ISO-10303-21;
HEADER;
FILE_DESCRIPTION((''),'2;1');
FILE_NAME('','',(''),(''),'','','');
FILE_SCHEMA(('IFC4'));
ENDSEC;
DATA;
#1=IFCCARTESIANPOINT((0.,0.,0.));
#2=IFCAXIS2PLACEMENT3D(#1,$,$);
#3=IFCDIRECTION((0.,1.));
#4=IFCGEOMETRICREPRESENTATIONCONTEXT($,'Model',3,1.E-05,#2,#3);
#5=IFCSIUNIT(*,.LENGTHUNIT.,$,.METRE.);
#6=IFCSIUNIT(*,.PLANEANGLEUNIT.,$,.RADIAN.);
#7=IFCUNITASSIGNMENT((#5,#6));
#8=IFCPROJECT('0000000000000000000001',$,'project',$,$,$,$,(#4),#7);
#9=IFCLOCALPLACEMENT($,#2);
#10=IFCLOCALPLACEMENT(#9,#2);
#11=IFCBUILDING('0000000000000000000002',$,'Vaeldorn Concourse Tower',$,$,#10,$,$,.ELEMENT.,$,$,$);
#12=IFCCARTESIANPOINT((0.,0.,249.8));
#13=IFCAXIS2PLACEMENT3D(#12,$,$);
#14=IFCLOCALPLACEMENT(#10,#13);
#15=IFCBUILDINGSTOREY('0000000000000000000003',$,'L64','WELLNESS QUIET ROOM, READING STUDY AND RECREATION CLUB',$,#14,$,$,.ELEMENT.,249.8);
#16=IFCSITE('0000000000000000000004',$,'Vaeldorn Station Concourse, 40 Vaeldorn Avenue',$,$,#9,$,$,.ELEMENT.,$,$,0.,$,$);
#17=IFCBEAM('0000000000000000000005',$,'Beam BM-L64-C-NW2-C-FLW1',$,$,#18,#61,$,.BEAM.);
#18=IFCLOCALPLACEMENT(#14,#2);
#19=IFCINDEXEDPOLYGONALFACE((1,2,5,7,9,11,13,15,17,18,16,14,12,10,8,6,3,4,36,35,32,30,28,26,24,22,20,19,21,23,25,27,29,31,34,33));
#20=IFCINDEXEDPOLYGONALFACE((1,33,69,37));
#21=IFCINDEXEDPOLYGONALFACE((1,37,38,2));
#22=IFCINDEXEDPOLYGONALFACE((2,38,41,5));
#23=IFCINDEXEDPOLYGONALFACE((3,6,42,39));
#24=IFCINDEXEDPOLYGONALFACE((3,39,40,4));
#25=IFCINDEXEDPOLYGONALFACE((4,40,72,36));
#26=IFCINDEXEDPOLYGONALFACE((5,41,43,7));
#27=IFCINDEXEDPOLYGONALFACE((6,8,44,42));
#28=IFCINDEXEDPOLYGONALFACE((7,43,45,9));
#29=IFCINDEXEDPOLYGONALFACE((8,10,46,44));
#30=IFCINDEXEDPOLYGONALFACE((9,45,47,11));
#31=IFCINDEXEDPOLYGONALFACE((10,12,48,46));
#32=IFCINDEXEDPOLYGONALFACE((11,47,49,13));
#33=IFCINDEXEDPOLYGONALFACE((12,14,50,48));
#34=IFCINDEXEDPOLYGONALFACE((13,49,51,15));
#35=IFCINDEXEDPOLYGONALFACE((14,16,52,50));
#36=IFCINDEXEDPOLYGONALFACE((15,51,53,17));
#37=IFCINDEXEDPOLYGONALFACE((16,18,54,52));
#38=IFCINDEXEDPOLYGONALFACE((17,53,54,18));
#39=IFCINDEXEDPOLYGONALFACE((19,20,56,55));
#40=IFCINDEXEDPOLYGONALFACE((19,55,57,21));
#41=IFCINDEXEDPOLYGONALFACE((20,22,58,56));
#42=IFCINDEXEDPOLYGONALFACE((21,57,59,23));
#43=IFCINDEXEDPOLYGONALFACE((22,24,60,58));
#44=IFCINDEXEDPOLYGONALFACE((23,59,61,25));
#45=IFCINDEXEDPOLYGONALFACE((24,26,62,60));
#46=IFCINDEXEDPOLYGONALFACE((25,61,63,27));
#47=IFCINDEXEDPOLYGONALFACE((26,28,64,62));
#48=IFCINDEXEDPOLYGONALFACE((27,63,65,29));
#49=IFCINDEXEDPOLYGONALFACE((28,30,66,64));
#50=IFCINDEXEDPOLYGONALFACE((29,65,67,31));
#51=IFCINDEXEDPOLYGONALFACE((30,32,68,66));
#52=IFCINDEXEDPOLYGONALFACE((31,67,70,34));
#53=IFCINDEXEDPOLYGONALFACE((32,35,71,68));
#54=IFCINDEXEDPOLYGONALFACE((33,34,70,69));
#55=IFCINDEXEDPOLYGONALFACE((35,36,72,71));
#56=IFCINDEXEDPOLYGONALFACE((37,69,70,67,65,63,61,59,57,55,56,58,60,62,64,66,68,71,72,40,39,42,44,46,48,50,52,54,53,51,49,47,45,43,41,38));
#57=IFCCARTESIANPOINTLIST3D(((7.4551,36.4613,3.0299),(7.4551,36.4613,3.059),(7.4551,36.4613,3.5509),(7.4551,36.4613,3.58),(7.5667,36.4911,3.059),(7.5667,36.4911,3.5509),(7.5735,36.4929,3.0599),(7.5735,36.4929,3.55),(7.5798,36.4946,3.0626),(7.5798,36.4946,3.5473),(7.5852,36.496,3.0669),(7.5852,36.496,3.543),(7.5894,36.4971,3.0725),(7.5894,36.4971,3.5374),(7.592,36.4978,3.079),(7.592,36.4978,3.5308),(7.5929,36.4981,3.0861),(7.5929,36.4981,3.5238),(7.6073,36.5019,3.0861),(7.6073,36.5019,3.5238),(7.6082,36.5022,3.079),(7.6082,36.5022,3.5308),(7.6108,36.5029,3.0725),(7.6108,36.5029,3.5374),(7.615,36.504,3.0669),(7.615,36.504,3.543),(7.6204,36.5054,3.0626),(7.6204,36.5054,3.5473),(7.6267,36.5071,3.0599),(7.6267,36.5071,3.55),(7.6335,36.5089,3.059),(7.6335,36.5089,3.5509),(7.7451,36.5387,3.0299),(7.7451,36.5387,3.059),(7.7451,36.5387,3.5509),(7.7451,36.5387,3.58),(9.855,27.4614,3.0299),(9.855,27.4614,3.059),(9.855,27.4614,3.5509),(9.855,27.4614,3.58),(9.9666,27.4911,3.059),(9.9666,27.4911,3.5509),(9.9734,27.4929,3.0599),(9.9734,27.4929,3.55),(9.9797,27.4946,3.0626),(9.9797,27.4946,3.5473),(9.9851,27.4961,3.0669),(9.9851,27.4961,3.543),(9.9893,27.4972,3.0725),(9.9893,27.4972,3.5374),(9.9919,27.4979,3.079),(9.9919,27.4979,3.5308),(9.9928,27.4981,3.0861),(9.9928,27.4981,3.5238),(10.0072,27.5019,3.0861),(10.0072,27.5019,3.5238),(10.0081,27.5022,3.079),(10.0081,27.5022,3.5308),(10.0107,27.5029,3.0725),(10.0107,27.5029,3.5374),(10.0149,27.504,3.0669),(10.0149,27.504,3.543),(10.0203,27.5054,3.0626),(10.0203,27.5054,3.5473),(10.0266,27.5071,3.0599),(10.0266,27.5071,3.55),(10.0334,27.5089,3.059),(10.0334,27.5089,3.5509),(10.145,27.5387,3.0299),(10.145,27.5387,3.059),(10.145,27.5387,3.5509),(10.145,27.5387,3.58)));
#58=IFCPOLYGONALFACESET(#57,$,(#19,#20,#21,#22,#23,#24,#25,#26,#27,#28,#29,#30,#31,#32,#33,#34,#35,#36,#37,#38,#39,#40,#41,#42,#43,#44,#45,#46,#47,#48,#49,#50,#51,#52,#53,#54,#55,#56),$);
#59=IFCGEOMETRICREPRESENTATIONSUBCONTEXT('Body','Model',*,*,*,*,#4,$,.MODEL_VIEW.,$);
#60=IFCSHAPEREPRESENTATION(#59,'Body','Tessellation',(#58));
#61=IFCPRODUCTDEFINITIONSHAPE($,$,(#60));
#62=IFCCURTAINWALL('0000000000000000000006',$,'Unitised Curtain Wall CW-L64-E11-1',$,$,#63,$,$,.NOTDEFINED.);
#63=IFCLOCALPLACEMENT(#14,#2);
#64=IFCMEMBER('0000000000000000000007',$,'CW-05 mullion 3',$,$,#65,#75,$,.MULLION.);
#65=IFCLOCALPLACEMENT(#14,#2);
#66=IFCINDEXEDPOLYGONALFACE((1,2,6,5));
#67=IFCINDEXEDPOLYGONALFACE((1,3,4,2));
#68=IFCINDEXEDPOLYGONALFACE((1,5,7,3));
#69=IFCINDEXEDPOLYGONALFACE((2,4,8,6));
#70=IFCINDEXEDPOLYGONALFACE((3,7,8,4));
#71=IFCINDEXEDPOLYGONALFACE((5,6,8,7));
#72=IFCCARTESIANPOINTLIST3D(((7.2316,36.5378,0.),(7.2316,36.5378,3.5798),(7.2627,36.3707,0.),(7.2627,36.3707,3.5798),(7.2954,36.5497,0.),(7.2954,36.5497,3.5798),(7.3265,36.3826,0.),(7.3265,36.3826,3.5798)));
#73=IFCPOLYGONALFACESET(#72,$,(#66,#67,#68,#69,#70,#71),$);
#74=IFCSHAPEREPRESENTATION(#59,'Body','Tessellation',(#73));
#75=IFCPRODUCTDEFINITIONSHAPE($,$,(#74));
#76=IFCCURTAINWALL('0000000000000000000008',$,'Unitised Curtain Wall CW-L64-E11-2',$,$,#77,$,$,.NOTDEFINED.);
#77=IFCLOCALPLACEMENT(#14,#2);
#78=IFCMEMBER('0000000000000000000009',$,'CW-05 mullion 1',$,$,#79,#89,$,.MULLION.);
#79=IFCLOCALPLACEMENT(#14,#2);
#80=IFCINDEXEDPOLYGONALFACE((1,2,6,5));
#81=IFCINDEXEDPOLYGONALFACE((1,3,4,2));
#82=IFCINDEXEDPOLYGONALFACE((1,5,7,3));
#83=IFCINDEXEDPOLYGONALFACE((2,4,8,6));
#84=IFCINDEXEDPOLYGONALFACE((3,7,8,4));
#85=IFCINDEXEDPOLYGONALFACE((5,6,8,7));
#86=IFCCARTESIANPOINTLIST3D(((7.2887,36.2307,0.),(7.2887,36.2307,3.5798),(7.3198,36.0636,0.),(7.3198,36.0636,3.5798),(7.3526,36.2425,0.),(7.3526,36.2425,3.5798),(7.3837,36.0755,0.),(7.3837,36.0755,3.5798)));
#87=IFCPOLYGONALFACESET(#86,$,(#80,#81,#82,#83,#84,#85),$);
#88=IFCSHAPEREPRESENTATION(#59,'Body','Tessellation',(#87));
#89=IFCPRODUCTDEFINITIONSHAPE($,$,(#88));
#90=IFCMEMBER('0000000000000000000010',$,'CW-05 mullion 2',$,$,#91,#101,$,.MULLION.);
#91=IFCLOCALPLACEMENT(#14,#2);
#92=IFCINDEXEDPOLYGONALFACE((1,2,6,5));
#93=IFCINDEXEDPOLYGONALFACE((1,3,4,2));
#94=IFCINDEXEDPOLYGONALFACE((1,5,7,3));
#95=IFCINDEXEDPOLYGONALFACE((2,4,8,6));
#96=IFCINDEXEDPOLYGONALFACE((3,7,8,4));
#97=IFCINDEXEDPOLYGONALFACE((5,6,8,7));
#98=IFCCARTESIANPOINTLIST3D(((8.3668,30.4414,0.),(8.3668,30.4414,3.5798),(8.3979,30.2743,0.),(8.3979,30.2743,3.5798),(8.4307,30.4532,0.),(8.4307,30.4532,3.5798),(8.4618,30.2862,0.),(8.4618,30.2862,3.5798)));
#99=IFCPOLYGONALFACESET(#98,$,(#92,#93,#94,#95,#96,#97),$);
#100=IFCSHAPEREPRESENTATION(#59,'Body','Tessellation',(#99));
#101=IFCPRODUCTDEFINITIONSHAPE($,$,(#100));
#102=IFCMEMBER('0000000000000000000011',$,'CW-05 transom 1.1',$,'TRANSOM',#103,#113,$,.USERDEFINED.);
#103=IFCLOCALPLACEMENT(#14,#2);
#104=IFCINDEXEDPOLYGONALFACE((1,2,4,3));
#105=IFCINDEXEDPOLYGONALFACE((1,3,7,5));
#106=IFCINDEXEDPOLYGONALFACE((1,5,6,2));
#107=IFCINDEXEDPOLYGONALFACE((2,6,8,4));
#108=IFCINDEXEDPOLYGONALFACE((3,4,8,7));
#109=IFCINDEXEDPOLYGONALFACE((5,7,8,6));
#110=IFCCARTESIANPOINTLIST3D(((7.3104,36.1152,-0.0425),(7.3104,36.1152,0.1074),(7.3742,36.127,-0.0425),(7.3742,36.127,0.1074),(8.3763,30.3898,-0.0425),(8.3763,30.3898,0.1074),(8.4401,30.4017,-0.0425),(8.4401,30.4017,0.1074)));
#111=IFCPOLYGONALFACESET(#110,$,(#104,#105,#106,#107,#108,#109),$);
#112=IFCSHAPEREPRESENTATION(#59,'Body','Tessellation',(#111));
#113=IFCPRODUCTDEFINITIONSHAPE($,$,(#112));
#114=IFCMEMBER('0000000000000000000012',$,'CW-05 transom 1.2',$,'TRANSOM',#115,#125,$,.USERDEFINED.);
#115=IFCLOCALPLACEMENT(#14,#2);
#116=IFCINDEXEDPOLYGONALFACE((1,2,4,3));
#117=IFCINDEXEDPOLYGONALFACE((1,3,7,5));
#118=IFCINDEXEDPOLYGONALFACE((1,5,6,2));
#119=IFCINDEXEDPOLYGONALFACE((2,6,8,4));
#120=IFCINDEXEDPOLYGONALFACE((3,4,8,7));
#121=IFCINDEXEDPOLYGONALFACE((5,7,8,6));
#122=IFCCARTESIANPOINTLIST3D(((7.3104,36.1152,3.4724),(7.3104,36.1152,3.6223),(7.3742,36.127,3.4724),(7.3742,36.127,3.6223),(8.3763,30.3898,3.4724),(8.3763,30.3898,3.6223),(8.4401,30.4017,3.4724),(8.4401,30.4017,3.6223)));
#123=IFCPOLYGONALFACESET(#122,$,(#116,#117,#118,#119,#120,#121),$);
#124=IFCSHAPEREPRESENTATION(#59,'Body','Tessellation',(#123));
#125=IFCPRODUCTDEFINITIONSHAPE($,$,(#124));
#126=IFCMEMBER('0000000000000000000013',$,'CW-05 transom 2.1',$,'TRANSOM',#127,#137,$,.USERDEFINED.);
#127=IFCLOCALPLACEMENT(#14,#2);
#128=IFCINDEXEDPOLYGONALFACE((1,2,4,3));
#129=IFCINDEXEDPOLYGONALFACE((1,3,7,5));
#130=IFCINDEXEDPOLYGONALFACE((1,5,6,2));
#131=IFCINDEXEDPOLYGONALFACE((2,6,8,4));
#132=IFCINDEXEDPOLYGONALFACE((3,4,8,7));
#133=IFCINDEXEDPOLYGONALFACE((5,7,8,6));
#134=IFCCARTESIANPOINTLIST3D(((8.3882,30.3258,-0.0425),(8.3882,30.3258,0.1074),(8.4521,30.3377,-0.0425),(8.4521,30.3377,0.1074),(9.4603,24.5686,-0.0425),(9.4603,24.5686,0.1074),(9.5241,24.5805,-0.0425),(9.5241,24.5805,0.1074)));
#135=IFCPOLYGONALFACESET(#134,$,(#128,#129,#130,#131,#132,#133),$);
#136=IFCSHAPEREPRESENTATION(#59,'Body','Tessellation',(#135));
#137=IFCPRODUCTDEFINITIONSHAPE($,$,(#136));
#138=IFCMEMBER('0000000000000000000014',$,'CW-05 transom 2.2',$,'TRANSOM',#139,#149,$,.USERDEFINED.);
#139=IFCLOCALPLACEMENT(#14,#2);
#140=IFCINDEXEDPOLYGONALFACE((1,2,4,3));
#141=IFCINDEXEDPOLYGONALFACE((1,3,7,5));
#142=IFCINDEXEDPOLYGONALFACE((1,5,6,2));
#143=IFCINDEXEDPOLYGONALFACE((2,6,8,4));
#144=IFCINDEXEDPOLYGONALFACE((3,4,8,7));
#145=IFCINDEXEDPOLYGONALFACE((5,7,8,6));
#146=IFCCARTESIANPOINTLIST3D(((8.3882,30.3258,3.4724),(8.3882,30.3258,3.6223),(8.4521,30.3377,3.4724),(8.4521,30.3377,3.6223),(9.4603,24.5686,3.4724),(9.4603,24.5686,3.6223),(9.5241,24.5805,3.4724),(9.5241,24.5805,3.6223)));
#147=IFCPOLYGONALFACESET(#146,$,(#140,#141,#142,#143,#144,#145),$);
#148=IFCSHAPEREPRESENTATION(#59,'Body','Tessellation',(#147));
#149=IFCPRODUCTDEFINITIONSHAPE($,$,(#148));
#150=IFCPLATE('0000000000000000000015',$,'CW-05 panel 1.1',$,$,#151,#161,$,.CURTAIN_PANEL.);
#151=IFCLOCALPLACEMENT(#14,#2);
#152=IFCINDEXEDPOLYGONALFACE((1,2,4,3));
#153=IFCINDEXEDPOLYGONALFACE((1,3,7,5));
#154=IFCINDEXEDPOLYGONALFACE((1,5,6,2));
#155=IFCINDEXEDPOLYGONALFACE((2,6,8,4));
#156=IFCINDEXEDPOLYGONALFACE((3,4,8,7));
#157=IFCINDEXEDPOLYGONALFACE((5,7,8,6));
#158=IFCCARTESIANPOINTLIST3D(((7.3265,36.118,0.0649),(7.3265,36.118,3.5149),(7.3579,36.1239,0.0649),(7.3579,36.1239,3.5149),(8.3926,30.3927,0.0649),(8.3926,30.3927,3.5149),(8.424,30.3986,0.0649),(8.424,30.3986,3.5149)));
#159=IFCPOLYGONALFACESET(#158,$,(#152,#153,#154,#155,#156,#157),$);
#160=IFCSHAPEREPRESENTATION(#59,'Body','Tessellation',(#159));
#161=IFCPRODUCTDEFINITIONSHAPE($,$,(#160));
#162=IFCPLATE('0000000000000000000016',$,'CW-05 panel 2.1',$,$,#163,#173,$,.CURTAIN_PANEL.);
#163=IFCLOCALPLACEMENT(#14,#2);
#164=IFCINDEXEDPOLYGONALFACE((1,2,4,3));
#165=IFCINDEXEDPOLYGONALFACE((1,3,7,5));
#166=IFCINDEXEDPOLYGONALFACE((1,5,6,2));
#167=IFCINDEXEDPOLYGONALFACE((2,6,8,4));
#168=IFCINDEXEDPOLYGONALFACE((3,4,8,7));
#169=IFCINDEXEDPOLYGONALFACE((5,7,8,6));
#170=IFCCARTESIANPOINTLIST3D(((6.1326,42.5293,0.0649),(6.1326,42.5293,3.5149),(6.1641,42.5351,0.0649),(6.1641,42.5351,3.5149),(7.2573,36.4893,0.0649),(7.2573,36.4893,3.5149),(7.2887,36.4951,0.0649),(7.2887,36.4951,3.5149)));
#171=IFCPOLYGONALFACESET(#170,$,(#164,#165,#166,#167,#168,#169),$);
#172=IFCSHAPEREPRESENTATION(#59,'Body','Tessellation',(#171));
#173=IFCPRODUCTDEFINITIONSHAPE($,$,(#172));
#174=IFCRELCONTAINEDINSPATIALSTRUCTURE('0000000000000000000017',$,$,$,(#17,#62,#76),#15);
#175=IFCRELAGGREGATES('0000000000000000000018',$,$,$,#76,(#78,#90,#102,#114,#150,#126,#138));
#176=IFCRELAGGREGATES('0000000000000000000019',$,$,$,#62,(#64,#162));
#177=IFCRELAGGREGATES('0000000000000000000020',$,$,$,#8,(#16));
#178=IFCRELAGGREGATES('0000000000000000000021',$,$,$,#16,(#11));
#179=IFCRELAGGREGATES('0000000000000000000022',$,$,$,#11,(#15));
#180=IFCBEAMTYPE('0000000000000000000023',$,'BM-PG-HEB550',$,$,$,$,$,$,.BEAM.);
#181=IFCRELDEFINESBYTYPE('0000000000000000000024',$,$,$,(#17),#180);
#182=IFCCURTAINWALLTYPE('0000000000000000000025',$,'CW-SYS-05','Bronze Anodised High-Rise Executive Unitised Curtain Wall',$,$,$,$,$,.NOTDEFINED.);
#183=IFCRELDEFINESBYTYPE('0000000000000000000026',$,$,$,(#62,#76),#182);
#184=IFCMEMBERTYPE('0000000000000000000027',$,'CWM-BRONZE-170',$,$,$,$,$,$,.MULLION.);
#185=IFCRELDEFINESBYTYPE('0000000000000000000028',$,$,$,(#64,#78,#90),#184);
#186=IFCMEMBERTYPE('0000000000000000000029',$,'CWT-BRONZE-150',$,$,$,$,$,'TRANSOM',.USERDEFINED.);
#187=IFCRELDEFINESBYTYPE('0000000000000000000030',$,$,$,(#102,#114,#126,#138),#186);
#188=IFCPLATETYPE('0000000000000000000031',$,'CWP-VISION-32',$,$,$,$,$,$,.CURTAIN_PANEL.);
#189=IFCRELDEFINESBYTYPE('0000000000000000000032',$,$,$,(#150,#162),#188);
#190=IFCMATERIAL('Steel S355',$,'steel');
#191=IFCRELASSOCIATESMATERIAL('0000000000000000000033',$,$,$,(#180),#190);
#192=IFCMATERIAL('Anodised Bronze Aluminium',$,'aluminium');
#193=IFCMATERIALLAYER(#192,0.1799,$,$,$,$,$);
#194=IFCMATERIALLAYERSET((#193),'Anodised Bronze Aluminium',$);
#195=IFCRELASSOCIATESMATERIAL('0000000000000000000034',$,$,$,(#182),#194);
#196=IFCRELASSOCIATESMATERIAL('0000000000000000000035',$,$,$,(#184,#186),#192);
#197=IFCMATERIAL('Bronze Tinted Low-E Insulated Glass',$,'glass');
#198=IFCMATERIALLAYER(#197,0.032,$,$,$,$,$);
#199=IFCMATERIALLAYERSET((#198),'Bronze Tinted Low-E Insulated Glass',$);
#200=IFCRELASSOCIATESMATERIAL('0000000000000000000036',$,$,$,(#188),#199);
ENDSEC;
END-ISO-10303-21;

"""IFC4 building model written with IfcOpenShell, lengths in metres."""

from ifc_helpers import new_model, si_unit, direction, frame, origin, origin_2d, place, context, subcontext, project, spatial, rectangle, i_section, extrude, source, transform, mapped, material, layer, layer_set, material_profile, profile_set, type_object, element, aggregate, save


model = new_model("IFC4")

# Units and contexts
model_context = context("Model", 3, precision=1e-05, world=origin(), true_north=direction((0.0, 1.0)))
body_context = subcontext(model_context, "Body", "Model", "MODEL_VIEW")
ifc_project = project(units=[si_unit("LENGTHUNIT", "METRE"), si_unit("PLANEANGLEUNIT", "RADIAN")], contexts=[model_context])

# Site, building, storey
site_placement = place(None, origin())
site = spatial("IfcSite", under=ifc_project, at=site_placement, Name="Vaeldorn Station Concourse, 40 Vaeldorn Avenue", CompositionType="ELEMENT", RefElevation=0.0)
building_placement = place(site_placement, origin())
building = spatial("IfcBuilding", under=site, at=building_placement, Name="Vaeldorn Concourse Tower", CompositionType="ELEMENT")
storey_placement = place(building_placement, frame((0.0, 0.0, 249.8)))
storey = spatial("IfcBuildingStorey", under=building, at=storey_placement, Name="L64", Description="WELLNESS QUIET ROOM, READING STUDY AND RECREATION CLUB", CompositionType="ELEMENT", Elevation=249.8)

# Shared definitions
ifc_material_1 = material(Name="Steel S355", Category="steel")

# Beam
ifc_material_profile_1 = material_profile(ifc_material_1, i_section(OverallWidth=0.3, OverallDepth=0.55, WebThickness=0.0149, FlangeThickness=0.0291, FilletRadius=0.0271, at=origin_2d()), Name="HEB 550")
ifc_profile_set_1 = profile_set([ifc_material_profile_1], Name="Steel S355")
beam_type_1 = type_object("IfcBeamType", Name="BM-PG-HEB550", PredefinedType="BEAM", material=ifc_profile_set_1)
shared_shape_1 = source(origin(), body_context, "Body", "SweptSolid", [
    extrude(i_section(OverallWidth=0.3, OverallDepth=0.55, WebThickness=0.0149, FlangeThickness=0.0291, FilletRadius=0.0271, at=origin_2d()), origin(), (0.0, 0.0, 1.0), 9.3145),
])
beam_1_placement = place(storey_placement, frame((7.6001, 36.5, 3.3049), z_axis=(0.257653, -0.966238, 0.0), x_axis=(0.966238, 0.257653, 0.0)))
element("IfcBeam", 1, at=beam_1_placement, inside=storey, type_object=beam_type_1, Name="Beam BM-L64-C-NW2-C-FLW1", PredefinedType="BEAM", context=body_context, shape_type="MappedRepresentation", body=[
    mapped(shared_shape_1, transform((0.0, 0.0, 0.0), scale=1.0)),
])

# Curtain wall, member
ifc_material_2 = material(Name="Anodised Bronze Aluminium", Category="aluminium")
ifc_layer_1 = layer(ifc_material_2, 0.1799)
ifc_layer_set_1 = layer_set([ifc_layer_1], Name="Anodised Bronze Aluminium")
curtain_wall_type = type_object("IfcCurtainWallType", Name="CW-SYS-05", Description="Bronze Anodised High-Rise Executive Unitised Curtain Wall", PredefinedType="NOTDEFINED", material=ifc_layer_set_1)
curtain_wall_1_placement = place(storey_placement, origin())
curtain_wall_1 = element("IfcCurtainWall", 2, at=curtain_wall_1_placement, inside=storey, type_object=curtain_wall_type, Name="Unitised Curtain Wall CW-L64-E11-1", PredefinedType="NOTDEFINED")
ifc_material_profile_2 = material_profile(ifc_material_2, rectangle(XDim=0.0649, YDim=0.1699, at=origin_2d()), Name="CWM 65x170")
ifc_profile_set_2 = profile_set([ifc_material_profile_2], Name="Anodised Bronze Aluminium")
member_type_1 = type_object("IfcMemberType", Name="CWM-BRONZE-170", PredefinedType="MULLION", material=ifc_profile_set_2)
shared_shape_2 = source(origin(), body_context, "Body", "SweptSolid", [
    extrude(rectangle(XDim=0.0649, YDim=0.1699, at=origin_2d()), origin(), (0.0, 0.0, 1.0), 3.5798),
])
member_1_placement = place(storey_placement, frame((7.2791, 36.4602, 0.0), z_axis=(0.0, 0.0, 1.0), x_axis=(0.983103, 0.183054, 0.0)))
member_1 = element("IfcMember", 3, at=member_1_placement, type_object=member_type_1, Name="CW-05 mullion 3", PredefinedType="MULLION", context=body_context, shape_type="MappedRepresentation", body=[
    mapped(shared_shape_2, transform((0.0, 0.0, 0.0), scale=1.0)),
])

# Curtain wall, members, plate
curtain_wall_2_placement = place(storey_placement, origin())
curtain_wall_2 = element("IfcCurtainWall", 4, at=curtain_wall_2_placement, inside=storey, type_object=curtain_wall_type, Name="Unitised Curtain Wall CW-L64-E11-2", PredefinedType="NOTDEFINED")
member_2_placement = place(storey_placement, frame((7.3362, 36.1531, 0.0), z_axis=(0.0, 0.0, 1.0), x_axis=(0.983103, 0.183055, 0.0)))
member_2 = element("IfcMember", 5, at=member_2_placement, type_object=member_type_1, Name="CW-05 mullion 1", PredefinedType="MULLION", context=body_context, shape_type="MappedRepresentation", body=[
    mapped(shared_shape_2, transform((0.0, 0.0, 0.0), scale=1.0)),
])
member_3_placement = place(storey_placement, frame((8.4143, 30.3638, 0.0), z_axis=(0.0, 0.0, 1.0), x_axis=(0.983103, 0.183055, 0.0)))
member_3 = element("IfcMember", 6, at=member_3_placement, type_object=member_type_1, Name="CW-05 mullion 2", PredefinedType="MULLION", context=body_context, shape_type="MappedRepresentation", body=[
    mapped(shared_shape_2, transform((0.0, 0.0, 0.0), scale=1.0)),
])
ifc_material_profile_3 = material_profile(ifc_material_2, rectangle(XDim=0.0649, YDim=0.1499, at=origin_2d()), Name="CWT 65x150")
ifc_profile_set_3 = profile_set([ifc_material_profile_3], Name="Anodised Bronze Aluminium")
member_type_2 = type_object("IfcMemberType", Name="CWT-BRONZE-150", ElementType="TRANSOM", PredefinedType="USERDEFINED", material=ifc_profile_set_3)
shared_shape_3 = source(origin(), body_context, "Body", "SweptSolid", [
    extrude(rectangle(XDim=0.0649, YDim=0.1499, at=origin_2d()), origin(), (0.0, 0.0, 1.0), 5.8237),
])
member_4_placement = place(storey_placement, frame((7.3423, 36.1211, 0.0325), z_axis=(0.18303, -0.983107, 0.0), x_axis=(0.983107, 0.18303, 0.0)))
member_4 = element("IfcMember", 7, at=member_4_placement, type_object=member_type_2, Name="CW-05 transom 1.1", ObjectType="TRANSOM", PredefinedType="USERDEFINED", context=body_context, shape_type="MappedRepresentation", body=[
    mapped(shared_shape_3, transform((0.0, 0.0, 0.0), scale=1.0)),
])
member_5_placement = place(storey_placement, frame((7.3423, 36.1211, 3.5474), z_axis=(0.18303, -0.983107, 0.0), x_axis=(0.983107, 0.18303, 0.0)))
member_5 = element("IfcMember", 8, at=member_5_placement, type_object=member_type_2, Name="CW-05 transom 1.2", ObjectType="TRANSOM", PredefinedType="USERDEFINED", context=body_context, shape_type="MappedRepresentation", body=[
    mapped(shared_shape_3, transform((0.0, 0.0, 0.0), scale=1.0)),
])
shared_shape_4 = source(origin(), body_context, "Body", "SweptSolid", [
    extrude(rectangle(XDim=0.0649, YDim=0.1499, at=origin_2d()), origin(), (0.0, 0.0, 1.0), 5.8562),
])
member_6_placement = place(storey_placement, frame((8.4202, 30.3318, 0.0325), z_axis=(0.183055, -0.983103, 0.0), x_axis=(0.983103, 0.183055, 0.0)))
member_6 = element("IfcMember", 9, at=member_6_placement, type_object=member_type_2, Name="CW-05 transom 2.1", ObjectType="TRANSOM", PredefinedType="USERDEFINED", context=body_context, shape_type="MappedRepresentation", body=[
    mapped(shared_shape_4, transform((0.0, 0.0, 0.0), scale=1.0)),
])
member_7_placement = place(storey_placement, frame((8.4202, 30.3318, 3.5474), z_axis=(0.183055, -0.983103, 0.0), x_axis=(0.983103, 0.183055, 0.0)))
member_7 = element("IfcMember", 10, at=member_7_placement, type_object=member_type_2, Name="CW-05 transom 2.2", ObjectType="TRANSOM", PredefinedType="USERDEFINED", context=body_context, shape_type="MappedRepresentation", body=[
    mapped(shared_shape_4, transform((0.0, 0.0, 0.0), scale=1.0)),
])
ifc_material_3 = material(Name="Bronze Tinted Low-E Insulated Glass", Category="glass")
ifc_layer_2 = layer(ifc_material_3, 0.032)
ifc_layer_set_2 = layer_set([ifc_layer_2], Name="Bronze Tinted Low-E Insulated Glass")
plate_type = type_object("IfcPlateType", Name="CWP-VISION-32", PredefinedType="CURTAIN_PANEL", material=ifc_layer_set_2)
shared_shape_5 = source(origin(), body_context, "Body", "SweptSolid", [
    extrude(rectangle(XDim=5.8237, YDim=0.032, at=origin_2d()), origin(), (0.0, 0.0, 1.0), 3.45),
])
plate_1_placement = place(storey_placement, frame((7.8752, 33.2583, 0.0649), z_axis=(0.0, 0.0, 1.0), x_axis=(0.183055, -0.983103, 0.0)))
plate_1 = element("IfcPlate", 11, at=plate_1_placement, type_object=plate_type, Name="CW-05 panel 1.1", PredefinedType="CURTAIN_PANEL", context=body_context, shape_type="MappedRepresentation", body=[
    mapped(shared_shape_5, transform((0.0, 0.0, 0.0), scale=1.0)),
])
aggregate(curtain_wall_2, [member_2, member_3, member_4, member_5, plate_1, member_6, member_7])

# Plate
shared_shape_6 = source(origin(), body_context, "Body", "SweptSolid", [
    extrude(rectangle(XDim=6.1438, YDim=0.032, at=origin_2d()), origin(), (0.0, 0.0, 1.0), 3.45),
])
plate_2_placement = place(storey_placement, frame((6.7107, 39.5122, 0.0649), z_axis=(0.0, 0.0, 1.0), x_axis=(0.183054, -0.983103, 0.0)))
plate_2 = element("IfcPlate", 12, at=plate_2_placement, type_object=plate_type, Name="CW-05 panel 2.1", PredefinedType="CURTAIN_PANEL", context=body_context, shape_type="MappedRepresentation", body=[
    mapped(shared_shape_6, transform((0.0, 0.0, 0.0), scale=1.0)),
])
aggregate(curtain_wall_1, [member_1, plate_2])

save(model, "model.ifc")
